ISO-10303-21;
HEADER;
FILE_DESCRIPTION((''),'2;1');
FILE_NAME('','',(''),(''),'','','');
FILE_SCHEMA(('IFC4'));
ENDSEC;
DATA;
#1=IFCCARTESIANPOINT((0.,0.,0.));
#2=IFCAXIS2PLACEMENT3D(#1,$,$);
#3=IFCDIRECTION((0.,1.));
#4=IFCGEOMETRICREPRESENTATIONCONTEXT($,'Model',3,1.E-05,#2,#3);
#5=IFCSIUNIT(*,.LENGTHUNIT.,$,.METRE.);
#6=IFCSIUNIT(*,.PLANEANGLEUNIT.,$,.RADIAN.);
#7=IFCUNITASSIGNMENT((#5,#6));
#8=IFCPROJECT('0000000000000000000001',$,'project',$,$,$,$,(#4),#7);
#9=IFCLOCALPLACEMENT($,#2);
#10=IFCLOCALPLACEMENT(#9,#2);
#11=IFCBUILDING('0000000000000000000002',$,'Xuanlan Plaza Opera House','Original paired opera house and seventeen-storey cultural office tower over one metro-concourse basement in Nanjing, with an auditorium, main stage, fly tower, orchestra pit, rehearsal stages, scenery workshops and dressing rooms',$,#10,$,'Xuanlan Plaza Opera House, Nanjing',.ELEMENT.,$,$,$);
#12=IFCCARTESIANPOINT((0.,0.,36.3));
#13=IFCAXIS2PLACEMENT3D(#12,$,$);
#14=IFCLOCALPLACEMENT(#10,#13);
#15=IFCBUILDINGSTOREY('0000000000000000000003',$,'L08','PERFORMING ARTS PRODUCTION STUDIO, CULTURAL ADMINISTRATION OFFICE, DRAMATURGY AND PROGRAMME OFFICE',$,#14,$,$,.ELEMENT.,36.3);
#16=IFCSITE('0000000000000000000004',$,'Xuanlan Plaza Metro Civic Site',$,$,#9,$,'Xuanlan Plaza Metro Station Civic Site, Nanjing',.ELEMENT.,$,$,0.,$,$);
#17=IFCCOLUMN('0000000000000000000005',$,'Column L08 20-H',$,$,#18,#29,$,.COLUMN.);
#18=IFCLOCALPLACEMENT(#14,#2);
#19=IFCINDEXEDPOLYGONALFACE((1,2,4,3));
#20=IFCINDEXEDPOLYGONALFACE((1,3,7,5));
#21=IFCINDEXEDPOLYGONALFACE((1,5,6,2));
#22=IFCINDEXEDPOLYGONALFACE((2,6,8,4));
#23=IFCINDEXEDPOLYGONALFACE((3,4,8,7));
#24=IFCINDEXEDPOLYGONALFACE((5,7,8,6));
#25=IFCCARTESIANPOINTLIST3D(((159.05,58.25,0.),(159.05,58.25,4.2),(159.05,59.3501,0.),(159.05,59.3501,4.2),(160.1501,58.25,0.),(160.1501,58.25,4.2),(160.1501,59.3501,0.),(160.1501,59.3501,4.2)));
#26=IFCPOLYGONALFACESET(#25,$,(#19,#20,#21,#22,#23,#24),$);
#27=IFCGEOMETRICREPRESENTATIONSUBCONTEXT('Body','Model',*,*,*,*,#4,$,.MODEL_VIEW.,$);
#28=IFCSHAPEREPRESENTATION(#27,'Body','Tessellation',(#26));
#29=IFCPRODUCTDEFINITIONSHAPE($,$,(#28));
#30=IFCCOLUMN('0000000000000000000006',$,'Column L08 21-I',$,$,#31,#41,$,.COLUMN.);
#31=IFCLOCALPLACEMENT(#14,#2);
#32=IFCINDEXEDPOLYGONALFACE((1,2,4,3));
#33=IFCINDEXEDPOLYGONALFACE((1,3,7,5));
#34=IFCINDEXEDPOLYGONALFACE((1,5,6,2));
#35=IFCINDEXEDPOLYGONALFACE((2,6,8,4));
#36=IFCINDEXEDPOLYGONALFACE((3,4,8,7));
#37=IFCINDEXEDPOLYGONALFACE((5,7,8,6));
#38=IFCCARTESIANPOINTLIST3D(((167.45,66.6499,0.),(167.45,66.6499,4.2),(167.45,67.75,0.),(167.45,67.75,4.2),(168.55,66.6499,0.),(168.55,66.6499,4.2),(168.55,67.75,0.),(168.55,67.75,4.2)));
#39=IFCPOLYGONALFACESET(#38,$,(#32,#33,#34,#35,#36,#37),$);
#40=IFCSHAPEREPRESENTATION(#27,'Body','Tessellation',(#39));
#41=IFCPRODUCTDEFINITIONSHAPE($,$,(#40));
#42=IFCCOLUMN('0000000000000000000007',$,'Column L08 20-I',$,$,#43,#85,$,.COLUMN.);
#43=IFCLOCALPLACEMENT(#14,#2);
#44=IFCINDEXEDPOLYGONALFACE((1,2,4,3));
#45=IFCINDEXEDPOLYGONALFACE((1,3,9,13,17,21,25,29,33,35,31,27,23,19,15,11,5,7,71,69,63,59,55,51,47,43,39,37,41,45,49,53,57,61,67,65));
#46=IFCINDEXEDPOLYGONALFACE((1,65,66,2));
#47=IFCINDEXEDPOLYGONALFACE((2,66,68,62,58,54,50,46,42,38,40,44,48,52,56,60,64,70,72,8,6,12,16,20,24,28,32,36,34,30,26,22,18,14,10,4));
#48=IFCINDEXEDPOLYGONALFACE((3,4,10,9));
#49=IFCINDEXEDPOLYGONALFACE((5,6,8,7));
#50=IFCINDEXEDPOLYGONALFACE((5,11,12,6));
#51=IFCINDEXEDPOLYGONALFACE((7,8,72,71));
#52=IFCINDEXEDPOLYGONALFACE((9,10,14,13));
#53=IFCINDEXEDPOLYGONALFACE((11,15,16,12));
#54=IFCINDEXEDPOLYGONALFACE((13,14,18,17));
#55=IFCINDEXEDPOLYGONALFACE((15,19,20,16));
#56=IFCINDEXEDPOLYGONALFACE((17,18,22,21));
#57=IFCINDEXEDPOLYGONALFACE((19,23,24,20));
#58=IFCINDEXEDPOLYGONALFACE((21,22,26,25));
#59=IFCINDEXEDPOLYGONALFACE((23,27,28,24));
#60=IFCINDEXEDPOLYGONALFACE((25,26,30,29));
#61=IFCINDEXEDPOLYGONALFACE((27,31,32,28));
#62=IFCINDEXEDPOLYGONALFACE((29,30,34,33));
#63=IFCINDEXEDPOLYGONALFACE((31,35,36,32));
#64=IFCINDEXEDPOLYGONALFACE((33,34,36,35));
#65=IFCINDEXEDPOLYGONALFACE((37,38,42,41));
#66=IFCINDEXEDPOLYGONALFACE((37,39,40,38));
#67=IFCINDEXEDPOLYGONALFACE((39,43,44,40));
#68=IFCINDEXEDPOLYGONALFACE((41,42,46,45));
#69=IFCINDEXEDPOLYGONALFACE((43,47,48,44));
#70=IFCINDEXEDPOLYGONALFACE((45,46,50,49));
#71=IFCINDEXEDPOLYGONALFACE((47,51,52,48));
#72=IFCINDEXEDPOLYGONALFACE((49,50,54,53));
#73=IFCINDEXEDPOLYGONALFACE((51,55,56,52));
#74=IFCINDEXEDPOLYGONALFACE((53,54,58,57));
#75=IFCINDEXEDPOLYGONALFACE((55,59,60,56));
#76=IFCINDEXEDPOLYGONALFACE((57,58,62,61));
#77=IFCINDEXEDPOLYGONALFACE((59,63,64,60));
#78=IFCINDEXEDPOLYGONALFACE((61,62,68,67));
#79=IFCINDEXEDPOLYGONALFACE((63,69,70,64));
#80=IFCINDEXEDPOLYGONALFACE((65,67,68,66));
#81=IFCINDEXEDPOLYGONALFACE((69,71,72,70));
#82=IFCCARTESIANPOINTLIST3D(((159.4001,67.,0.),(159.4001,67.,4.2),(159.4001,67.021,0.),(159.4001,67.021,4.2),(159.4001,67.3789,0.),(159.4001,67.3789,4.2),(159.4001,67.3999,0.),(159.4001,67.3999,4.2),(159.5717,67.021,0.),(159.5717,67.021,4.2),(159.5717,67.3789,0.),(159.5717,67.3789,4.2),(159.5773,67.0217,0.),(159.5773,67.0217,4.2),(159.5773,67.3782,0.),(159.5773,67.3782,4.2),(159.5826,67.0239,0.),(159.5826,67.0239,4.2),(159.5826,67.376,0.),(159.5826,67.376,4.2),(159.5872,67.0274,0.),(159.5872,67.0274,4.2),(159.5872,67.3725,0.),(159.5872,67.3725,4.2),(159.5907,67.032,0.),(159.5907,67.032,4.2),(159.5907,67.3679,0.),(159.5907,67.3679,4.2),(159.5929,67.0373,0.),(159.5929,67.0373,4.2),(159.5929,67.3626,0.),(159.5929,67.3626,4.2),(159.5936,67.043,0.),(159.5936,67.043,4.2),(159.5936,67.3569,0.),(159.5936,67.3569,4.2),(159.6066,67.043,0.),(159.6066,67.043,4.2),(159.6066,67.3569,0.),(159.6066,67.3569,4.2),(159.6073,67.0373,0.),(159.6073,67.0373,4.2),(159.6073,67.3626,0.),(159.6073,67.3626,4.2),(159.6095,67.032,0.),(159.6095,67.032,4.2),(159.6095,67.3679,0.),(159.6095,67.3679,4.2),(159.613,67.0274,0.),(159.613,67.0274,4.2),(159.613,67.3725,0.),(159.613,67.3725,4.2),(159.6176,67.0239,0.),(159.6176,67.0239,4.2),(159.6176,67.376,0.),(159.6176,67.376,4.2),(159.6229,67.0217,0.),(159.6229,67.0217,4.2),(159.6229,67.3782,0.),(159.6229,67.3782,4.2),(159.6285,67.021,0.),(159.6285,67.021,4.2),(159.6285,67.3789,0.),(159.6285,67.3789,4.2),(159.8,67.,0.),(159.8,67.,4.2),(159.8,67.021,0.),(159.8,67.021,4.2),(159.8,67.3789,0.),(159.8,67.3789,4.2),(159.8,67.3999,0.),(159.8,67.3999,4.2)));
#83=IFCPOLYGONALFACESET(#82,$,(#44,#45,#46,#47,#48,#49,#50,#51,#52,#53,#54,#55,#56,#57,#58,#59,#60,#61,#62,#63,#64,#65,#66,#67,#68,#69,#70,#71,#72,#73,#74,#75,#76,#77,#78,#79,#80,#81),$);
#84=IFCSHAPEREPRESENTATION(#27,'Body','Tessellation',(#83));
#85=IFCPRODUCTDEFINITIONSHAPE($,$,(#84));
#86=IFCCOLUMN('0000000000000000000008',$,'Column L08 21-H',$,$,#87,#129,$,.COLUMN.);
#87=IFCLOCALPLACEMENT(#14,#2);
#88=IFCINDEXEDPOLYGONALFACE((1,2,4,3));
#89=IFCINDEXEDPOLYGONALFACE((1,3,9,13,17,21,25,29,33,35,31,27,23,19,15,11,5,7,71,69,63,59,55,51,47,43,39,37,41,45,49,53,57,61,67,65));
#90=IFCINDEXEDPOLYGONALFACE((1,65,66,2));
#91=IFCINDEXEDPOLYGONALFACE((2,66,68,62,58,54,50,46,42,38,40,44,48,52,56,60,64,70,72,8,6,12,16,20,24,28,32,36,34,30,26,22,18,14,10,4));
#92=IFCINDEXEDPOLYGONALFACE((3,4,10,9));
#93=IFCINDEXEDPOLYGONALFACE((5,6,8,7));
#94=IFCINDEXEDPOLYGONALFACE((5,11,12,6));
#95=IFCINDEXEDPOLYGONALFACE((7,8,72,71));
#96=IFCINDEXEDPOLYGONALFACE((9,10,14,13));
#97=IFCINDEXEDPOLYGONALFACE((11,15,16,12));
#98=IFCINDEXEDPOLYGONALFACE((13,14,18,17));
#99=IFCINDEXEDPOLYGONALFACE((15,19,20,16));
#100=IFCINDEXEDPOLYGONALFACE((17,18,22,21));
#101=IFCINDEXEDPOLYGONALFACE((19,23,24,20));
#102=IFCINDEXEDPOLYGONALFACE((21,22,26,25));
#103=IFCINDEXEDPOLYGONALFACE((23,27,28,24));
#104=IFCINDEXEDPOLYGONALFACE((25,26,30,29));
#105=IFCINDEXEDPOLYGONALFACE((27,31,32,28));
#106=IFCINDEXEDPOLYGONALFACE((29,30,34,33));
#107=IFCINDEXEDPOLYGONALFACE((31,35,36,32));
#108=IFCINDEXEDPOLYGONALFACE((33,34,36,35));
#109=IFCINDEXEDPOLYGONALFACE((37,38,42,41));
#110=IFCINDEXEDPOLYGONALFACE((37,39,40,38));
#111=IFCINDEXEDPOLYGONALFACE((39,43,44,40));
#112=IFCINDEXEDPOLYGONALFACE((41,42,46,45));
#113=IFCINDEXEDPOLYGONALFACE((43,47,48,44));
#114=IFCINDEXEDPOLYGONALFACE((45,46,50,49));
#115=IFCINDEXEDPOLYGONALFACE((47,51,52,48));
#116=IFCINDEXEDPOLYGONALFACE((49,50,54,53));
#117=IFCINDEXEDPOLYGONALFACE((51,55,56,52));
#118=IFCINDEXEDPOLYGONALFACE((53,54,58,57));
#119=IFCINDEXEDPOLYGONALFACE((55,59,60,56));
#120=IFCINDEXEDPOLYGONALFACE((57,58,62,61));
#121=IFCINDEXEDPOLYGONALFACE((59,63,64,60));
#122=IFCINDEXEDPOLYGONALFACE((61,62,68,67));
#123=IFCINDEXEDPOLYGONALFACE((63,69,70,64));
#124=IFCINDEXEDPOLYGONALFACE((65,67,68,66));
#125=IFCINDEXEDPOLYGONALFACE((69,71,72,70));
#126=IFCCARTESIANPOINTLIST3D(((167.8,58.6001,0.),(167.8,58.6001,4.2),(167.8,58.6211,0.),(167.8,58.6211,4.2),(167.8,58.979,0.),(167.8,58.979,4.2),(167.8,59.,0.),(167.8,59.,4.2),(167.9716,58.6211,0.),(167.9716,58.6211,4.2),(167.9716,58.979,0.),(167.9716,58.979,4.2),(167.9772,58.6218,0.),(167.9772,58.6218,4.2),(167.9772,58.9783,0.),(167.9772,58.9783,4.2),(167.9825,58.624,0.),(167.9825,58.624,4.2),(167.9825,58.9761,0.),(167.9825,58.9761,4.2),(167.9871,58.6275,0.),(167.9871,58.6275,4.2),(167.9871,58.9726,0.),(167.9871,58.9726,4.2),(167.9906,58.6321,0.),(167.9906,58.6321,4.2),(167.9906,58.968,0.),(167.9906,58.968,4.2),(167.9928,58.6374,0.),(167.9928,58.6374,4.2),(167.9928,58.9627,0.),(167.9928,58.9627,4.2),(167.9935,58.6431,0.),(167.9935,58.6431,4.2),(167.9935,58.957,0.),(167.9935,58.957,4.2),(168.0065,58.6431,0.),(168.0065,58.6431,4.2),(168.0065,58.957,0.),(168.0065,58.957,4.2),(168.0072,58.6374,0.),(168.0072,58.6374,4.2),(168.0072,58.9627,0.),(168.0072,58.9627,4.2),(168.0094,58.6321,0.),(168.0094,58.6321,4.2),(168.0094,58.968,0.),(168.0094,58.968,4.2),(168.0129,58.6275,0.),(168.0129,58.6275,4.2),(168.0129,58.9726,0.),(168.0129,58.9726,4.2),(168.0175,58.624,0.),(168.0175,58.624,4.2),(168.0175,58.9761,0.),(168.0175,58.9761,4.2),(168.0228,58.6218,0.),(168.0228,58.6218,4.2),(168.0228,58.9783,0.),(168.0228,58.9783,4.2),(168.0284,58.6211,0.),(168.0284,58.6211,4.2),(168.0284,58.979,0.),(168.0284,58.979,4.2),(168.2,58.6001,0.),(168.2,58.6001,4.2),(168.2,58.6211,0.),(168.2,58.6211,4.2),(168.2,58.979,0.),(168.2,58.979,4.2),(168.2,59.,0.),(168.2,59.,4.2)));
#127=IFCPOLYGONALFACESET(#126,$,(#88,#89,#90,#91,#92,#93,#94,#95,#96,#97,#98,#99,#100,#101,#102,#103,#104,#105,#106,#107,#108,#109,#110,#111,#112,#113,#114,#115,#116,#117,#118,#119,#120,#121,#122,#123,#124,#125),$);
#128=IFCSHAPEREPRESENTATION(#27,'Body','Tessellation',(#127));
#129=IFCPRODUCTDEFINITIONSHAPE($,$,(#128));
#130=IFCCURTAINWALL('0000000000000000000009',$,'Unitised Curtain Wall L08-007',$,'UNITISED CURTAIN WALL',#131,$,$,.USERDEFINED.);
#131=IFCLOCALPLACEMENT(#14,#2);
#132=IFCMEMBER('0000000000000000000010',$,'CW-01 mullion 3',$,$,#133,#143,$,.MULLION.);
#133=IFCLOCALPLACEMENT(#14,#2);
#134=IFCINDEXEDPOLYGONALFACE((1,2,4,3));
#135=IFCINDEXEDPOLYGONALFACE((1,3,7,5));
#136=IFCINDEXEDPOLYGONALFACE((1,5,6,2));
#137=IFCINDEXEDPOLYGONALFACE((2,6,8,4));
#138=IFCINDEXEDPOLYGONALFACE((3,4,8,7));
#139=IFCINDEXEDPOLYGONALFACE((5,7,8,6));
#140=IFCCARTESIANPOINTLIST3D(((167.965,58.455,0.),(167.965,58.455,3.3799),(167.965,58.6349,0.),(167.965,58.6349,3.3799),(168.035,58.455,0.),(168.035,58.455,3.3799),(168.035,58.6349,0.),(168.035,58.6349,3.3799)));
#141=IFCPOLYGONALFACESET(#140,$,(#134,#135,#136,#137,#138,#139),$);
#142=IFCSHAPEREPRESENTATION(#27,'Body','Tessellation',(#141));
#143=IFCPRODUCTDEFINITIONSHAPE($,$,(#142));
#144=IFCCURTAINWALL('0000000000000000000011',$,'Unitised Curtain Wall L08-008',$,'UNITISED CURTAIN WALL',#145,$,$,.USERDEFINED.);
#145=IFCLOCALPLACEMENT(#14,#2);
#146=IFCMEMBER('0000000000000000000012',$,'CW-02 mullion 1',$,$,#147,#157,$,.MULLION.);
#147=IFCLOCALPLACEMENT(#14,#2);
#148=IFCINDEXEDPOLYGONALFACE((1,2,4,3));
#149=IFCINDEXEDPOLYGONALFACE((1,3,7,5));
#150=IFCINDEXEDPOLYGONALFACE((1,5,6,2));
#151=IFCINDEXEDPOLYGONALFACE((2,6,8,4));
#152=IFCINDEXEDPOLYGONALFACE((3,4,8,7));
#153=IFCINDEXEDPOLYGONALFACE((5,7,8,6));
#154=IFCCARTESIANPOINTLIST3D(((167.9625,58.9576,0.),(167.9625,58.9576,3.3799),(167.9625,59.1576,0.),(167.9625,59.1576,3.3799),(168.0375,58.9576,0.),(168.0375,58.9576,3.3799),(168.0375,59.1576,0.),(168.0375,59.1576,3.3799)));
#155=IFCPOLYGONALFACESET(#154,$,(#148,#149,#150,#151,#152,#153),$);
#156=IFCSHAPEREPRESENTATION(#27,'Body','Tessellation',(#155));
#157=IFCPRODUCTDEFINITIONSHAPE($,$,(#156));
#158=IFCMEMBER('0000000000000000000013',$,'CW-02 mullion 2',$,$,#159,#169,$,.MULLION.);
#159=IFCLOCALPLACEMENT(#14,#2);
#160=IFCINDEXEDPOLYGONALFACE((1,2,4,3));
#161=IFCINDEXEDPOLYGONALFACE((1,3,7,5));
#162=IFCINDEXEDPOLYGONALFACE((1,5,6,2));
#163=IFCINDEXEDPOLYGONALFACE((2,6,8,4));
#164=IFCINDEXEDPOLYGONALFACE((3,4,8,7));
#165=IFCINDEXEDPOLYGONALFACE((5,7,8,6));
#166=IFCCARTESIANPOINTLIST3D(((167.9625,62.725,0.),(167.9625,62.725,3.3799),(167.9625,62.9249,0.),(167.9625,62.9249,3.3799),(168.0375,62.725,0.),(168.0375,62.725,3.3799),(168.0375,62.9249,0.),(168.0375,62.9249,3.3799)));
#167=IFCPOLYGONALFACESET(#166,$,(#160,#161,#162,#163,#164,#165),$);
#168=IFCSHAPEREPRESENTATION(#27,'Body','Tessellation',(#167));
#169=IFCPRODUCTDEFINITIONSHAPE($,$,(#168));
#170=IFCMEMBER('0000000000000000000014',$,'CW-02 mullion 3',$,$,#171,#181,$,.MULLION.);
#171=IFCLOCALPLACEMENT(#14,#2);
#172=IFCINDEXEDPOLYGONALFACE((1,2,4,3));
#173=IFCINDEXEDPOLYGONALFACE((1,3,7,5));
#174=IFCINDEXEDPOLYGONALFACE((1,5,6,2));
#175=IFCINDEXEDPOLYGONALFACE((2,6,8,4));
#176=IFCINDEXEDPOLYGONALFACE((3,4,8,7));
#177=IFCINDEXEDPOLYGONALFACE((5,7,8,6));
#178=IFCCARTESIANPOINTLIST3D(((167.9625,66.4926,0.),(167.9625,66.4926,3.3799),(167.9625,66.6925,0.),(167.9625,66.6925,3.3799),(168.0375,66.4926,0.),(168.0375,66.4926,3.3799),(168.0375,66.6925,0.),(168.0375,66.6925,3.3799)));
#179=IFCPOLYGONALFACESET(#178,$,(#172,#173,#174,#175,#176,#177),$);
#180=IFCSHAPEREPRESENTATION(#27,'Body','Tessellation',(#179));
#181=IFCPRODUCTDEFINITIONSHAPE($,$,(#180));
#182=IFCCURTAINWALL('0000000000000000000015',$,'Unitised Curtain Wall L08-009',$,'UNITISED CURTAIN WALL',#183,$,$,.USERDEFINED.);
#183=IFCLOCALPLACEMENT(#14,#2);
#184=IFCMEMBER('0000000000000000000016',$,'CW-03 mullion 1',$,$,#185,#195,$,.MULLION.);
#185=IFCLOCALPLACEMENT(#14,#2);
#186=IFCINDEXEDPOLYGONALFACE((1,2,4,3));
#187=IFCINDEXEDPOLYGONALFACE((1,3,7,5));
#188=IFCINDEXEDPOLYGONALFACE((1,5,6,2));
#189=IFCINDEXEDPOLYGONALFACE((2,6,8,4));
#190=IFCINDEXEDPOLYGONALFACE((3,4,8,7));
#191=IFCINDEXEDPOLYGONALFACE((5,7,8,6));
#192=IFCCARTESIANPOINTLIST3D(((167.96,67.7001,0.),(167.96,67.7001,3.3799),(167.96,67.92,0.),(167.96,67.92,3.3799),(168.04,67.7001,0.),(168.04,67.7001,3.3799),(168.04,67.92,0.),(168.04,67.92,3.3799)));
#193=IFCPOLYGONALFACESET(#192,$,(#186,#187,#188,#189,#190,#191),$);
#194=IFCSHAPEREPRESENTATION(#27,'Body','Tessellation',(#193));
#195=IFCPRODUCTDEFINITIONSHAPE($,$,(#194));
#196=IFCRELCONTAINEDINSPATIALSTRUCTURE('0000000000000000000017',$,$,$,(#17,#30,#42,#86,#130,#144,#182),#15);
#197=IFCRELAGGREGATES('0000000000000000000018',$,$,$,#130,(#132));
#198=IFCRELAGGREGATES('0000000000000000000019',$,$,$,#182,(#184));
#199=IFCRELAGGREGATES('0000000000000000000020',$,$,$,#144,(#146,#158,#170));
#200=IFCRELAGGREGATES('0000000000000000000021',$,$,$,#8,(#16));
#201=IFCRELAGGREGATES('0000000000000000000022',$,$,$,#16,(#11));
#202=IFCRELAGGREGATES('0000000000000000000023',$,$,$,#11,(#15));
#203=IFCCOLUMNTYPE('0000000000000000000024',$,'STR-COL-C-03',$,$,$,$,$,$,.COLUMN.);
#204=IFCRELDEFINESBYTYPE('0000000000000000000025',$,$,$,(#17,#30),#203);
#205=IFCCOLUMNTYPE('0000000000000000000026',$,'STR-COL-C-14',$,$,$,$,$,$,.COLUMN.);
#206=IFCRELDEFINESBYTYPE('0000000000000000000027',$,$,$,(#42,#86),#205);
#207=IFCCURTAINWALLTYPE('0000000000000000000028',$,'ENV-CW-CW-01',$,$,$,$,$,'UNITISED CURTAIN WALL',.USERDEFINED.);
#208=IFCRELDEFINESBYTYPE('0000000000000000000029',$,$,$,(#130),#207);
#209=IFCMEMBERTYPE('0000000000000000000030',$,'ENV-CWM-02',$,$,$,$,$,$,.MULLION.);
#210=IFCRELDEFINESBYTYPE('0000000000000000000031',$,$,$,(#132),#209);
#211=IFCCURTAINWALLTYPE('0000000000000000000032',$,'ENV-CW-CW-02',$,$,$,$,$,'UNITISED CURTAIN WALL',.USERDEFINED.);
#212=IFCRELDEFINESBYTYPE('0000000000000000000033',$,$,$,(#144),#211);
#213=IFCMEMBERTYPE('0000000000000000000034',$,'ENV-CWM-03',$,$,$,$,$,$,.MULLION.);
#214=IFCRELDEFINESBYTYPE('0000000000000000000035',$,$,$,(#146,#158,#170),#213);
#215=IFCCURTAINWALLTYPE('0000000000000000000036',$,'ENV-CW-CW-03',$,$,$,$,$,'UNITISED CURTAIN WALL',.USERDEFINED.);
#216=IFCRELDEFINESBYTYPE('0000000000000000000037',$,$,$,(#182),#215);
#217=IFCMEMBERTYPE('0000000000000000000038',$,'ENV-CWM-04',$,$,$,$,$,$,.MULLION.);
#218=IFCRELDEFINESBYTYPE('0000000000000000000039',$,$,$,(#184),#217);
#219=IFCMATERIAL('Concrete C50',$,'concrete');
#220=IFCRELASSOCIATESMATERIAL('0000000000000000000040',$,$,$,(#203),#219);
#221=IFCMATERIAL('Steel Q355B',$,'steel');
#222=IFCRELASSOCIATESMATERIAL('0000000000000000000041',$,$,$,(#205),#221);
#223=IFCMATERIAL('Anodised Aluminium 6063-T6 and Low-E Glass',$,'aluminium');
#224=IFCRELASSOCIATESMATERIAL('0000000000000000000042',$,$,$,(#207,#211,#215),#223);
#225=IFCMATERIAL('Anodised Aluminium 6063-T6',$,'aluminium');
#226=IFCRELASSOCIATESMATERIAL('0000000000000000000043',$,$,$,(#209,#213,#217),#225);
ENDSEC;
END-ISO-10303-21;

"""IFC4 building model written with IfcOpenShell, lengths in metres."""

from ifc_helpers import new_model, si_unit, direction, frame, origin, origin_2d, place, context, subcontext, project, spatial, rectangle, i_section, extrude, material, material_profile, profile_set, type_object, element, aggregate, save


model = new_model("IFC4")

# Units and contexts
model_context = context("Model", 3, precision=1e-05, world=origin(), true_north=direction((0.0, 1.0)))
body_context = subcontext(model_context, "Body", "Model", "MODEL_VIEW")
ifc_project = project(units=[si_unit("LENGTHUNIT", "METRE"), si_unit("PLANEANGLEUNIT", "RADIAN")], contexts=[model_context])

# Site, building, storey
site_placement = place(None, origin())
site = spatial("IfcSite", under=ifc_project, at=site_placement, Name="Xuanlan Plaza Metro Civic Site", LongName="Xuanlan Plaza Metro Station Civic Site, Nanjing", CompositionType="ELEMENT", RefElevation=0.0)
building_placement = place(site_placement, origin())
building = spatial("IfcBuilding", under=site, at=building_placement, Name="Xuanlan Plaza Opera House", Description="Original paired opera house and seventeen-storey cultural office tower over one metro-concourse basement in Nanjing, with an auditorium, main stage, fly tower, orchestra pit, rehearsal stages, scenery workshops and dressing rooms", LongName="Xuanlan Plaza Opera House, Nanjing", CompositionType="ELEMENT")
storey_placement = place(building_placement, frame((0.0, 0.0, 36.3)))
storey = spatial("IfcBuildingStorey", under=building, at=storey_placement, Name="L08", Description="PERFORMING ARTS PRODUCTION STUDIO, CULTURAL ADMINISTRATION OFFICE, DRAMATURGY AND PROGRAMME OFFICE", CompositionType="ELEMENT", Elevation=36.3)

# Columns
ifc_material_1 = material(Name="Concrete C50", Category="concrete")
ifc_material_profile_1 = material_profile(ifc_material_1, rectangle(XDim=1.1001, YDim=1.1001, at=origin_2d()), Name="RC-COL 1100x1100")
ifc_profile_set_1 = profile_set([ifc_material_profile_1], Name="Concrete C50")
column_type_1 = type_object("IfcColumnType", Name="STR-COL-C-03", PredefinedType="COLUMN", material=ifc_profile_set_1)
for number, where, z_axis, x_axis, name in (
    (1, (159.6001, 58.8, 0.0), (0.0, 0.0, 1.0), (1.0, 0.0, 0.0), "Column L08 20-H"),
    (2, (168.0, 67.2, 0.0), (0.0, 0.0, 1.0), (1.0, 0.0, 0.0), "Column L08 21-I"),
):
    element("IfcColumn", number, at=place(storey_placement, frame(where, z_axis=z_axis, x_axis=x_axis)), inside=storey, type_object=column_type_1, Name=name, PredefinedType="COLUMN", context=body_context, shape_type="SweptSolid", body=[
        extrude(rectangle(XDim=1.1001, YDim=1.1001, at=origin_2d()), origin(), (0.0, 0.0, 1.0), 4.2),
    ])
ifc_material_2 = material(Name="Steel Q355B", Category="steel")
ifc_material_profile_2 = material_profile(ifc_material_2, i_section(OverallWidth=0.3999, OverallDepth=0.3999, WebThickness=0.0129, FlangeThickness=0.021, FilletRadius=0.022, at=origin_2d()), Name="HW 400x400x13x21")
ifc_profile_set_2 = profile_set([ifc_material_profile_2], Name="Steel Q355B")
column_type_2 = type_object("IfcColumnType", Name="STR-COL-C-14", PredefinedType="COLUMN", material=ifc_profile_set_2)
for number, where, z_axis, x_axis, name in (
    (3, (159.6001, 67.2, 0.0), (0.0, 0.0, 1.0), (1.0, 0.0, 0.0), "Column L08 20-I"),
    (4, (168.0, 58.8, 0.0), (0.0, 0.0, 1.0), (1.0, 0.0, 0.0), "Column L08 21-H"),
):
    element("IfcColumn", number, at=place(storey_placement, frame(where, z_axis=z_axis, x_axis=x_axis)), inside=storey, type_object=column_type_2, Name=name, PredefinedType="COLUMN", context=body_context, shape_type="SweptSolid", body=[
        extrude(i_section(OverallWidth=0.3999, OverallDepth=0.3999, WebThickness=0.0129, FlangeThickness=0.021, FilletRadius=0.022, at=origin_2d()), origin(), (0.0, 0.0, 1.0), 4.2),
    ])

# Curtain wall, member
ifc_material_3 = material(Name="Anodised Aluminium 6063-T6 and Low-E Glass", Category="aluminium")
curtain_wall_type_1 = type_object("IfcCurtainWallType", Name="ENV-CW-CW-01", ElementType="UNITISED CURTAIN WALL", PredefinedType="USERDEFINED", material=ifc_material_3)
curtain_wall_1_placement = place(storey_placement, origin())
curtain_wall_1 = element("IfcCurtainWall", 5, at=curtain_wall_1_placement, inside=storey, type_object=curtain_wall_type_1, Name="Unitised Curtain Wall L08-007", ObjectType="UNITISED CURTAIN WALL", PredefinedType="USERDEFINED")
ifc_material_4 = material(Name="Anodised Aluminium 6063-T6", Category="aluminium")
ifc_material_profile_3 = material_profile(ifc_material_4, rectangle(XDim=0.0701, YDim=0.1799, at=origin_2d()), Name="ALU-M 70x180")
ifc_profile_set_3 = profile_set([ifc_material_profile_3], Name="Anodised Aluminium 6063-T6")
member_type_1 = type_object("IfcMemberType", Name="ENV-CWM-02", PredefinedType="MULLION", material=ifc_profile_set_3)
member_1_placement = place(storey_placement, frame((168.0, 58.5449, 0.0), z_axis=(0.0, 0.0, 1.0), x_axis=(-1.0, 0.0, 0.0)))
member_1 = element("IfcMember", 6, at=member_1_placement, type_object=member_type_1, Name="CW-01 mullion 3", PredefinedType="MULLION", context=body_context, shape_type="SweptSolid", body=[
    extrude(rectangle(XDim=0.0701, YDim=0.1799, at=origin_2d()), origin(), (0.0, 0.0, 1.0), 3.3799),
])
aggregate(curtain_wall_1, [member_1])

# Curtain walls, members
curtain_wall_type_2 = type_object("IfcCurtainWallType", Name="ENV-CW-CW-02", ElementType="UNITISED CURTAIN WALL", PredefinedType="USERDEFINED", material=ifc_material_3)
curtain_wall_2_placement = place(storey_placement, origin())
curtain_wall_2 = element("IfcCurtainWall", 7, at=curtain_wall_2_placement, inside=storey, type_object=curtain_wall_type_2, Name="Unitised Curtain Wall L08-008", ObjectType="UNITISED CURTAIN WALL", PredefinedType="USERDEFINED")
ifc_material_profile_4 = material_profile(ifc_material_4, rectangle(XDim=0.075, YDim=0.2, at=origin_2d()), Name="ALU-M 75x200")
ifc_profile_set_4 = profile_set([ifc_material_profile_4], Name="Anodised Aluminium 6063-T6")
member_type_2 = type_object("IfcMemberType", Name="ENV-CWM-03", PredefinedType="MULLION", material=ifc_profile_set_4)
member_2_placement = place(storey_placement, frame((168.0, 59.0576, 0.0), z_axis=(0.0, 0.0, 1.0), x_axis=(-1.0, 0.0, 0.0)))
member_2 = element("IfcMember", 8, at=member_2_placement, type_object=member_type_2, Name="CW-02 mullion 1", PredefinedType="MULLION", context=body_context, shape_type="SweptSolid", body=[
    extrude(rectangle(XDim=0.075, YDim=0.2, at=origin_2d()), origin(), (0.0, 0.0, 1.0), 3.3799),
])
member_3_placement = place(storey_placement, frame((168.0, 62.825, 0.0), z_axis=(0.0, 0.0, 1.0), x_axis=(-1.0, 0.0, 0.0)))
member_3 = element("IfcMember", 9, at=member_3_placement, type_object=member_type_2, Name="CW-02 mullion 2", PredefinedType="MULLION", context=body_context, shape_type="SweptSolid", body=[
    extrude(rectangle(XDim=0.075, YDim=0.2, at=origin_2d()), origin(), (0.0, 0.0, 1.0), 3.3799),
])
member_4_placement = place(storey_placement, frame((168.0, 66.5925, 0.0), z_axis=(0.0, 0.0, 1.0), x_axis=(-1.0, 0.0, 0.0)))
member_4 = element("IfcMember", 10, at=member_4_placement, type_object=member_type_2, Name="CW-02 mullion 3", PredefinedType="MULLION", context=body_context, shape_type="SweptSolid", body=[
    extrude(rectangle(XDim=0.075, YDim=0.2, at=origin_2d()), origin(), (0.0, 0.0, 1.0), 3.3799),
])
curtain_wall_type_3 = type_object("IfcCurtainWallType", Name="ENV-CW-CW-03", ElementType="UNITISED CURTAIN WALL", PredefinedType="USERDEFINED", material=ifc_material_3)
curtain_wall_3_placement = place(storey_placement, origin())
curtain_wall_3 = element("IfcCurtainWall", 11, at=curtain_wall_3_placement, inside=storey, type_object=curtain_wall_type_3, Name="Unitised Curtain Wall L08-009", ObjectType="UNITISED CURTAIN WALL", PredefinedType="USERDEFINED")
ifc_material_profile_5 = material_profile(ifc_material_4, rectangle(XDim=0.0801, YDim=0.22, at=origin_2d()), Name="ALU-M 80x220")
ifc_profile_set_5 = profile_set([ifc_material_profile_5], Name="Anodised Aluminium 6063-T6")
member_type_3 = type_object("IfcMemberType", Name="ENV-CWM-04", PredefinedType="MULLION", material=ifc_profile_set_5)
member_5_placement = place(storey_placement, frame((168.0, 67.8101, 0.0), z_axis=(0.0, 0.0, 1.0), x_axis=(-1.0, 0.0, 0.0)))
member_5 = element("IfcMember", 12, at=member_5_placement, type_object=member_type_3, Name="CW-03 mullion 1", PredefinedType="MULLION", context=body_context, shape_type="SweptSolid", body=[
    extrude(rectangle(XDim=0.0801, YDim=0.22, at=origin_2d()), origin(), (0.0, 0.0, 1.0), 3.3799),
])

aggregate(curtain_wall_3, [member_5])
aggregate(curtain_wall_2, [member_2, member_3, member_4])

save(model, "model.ifc")
